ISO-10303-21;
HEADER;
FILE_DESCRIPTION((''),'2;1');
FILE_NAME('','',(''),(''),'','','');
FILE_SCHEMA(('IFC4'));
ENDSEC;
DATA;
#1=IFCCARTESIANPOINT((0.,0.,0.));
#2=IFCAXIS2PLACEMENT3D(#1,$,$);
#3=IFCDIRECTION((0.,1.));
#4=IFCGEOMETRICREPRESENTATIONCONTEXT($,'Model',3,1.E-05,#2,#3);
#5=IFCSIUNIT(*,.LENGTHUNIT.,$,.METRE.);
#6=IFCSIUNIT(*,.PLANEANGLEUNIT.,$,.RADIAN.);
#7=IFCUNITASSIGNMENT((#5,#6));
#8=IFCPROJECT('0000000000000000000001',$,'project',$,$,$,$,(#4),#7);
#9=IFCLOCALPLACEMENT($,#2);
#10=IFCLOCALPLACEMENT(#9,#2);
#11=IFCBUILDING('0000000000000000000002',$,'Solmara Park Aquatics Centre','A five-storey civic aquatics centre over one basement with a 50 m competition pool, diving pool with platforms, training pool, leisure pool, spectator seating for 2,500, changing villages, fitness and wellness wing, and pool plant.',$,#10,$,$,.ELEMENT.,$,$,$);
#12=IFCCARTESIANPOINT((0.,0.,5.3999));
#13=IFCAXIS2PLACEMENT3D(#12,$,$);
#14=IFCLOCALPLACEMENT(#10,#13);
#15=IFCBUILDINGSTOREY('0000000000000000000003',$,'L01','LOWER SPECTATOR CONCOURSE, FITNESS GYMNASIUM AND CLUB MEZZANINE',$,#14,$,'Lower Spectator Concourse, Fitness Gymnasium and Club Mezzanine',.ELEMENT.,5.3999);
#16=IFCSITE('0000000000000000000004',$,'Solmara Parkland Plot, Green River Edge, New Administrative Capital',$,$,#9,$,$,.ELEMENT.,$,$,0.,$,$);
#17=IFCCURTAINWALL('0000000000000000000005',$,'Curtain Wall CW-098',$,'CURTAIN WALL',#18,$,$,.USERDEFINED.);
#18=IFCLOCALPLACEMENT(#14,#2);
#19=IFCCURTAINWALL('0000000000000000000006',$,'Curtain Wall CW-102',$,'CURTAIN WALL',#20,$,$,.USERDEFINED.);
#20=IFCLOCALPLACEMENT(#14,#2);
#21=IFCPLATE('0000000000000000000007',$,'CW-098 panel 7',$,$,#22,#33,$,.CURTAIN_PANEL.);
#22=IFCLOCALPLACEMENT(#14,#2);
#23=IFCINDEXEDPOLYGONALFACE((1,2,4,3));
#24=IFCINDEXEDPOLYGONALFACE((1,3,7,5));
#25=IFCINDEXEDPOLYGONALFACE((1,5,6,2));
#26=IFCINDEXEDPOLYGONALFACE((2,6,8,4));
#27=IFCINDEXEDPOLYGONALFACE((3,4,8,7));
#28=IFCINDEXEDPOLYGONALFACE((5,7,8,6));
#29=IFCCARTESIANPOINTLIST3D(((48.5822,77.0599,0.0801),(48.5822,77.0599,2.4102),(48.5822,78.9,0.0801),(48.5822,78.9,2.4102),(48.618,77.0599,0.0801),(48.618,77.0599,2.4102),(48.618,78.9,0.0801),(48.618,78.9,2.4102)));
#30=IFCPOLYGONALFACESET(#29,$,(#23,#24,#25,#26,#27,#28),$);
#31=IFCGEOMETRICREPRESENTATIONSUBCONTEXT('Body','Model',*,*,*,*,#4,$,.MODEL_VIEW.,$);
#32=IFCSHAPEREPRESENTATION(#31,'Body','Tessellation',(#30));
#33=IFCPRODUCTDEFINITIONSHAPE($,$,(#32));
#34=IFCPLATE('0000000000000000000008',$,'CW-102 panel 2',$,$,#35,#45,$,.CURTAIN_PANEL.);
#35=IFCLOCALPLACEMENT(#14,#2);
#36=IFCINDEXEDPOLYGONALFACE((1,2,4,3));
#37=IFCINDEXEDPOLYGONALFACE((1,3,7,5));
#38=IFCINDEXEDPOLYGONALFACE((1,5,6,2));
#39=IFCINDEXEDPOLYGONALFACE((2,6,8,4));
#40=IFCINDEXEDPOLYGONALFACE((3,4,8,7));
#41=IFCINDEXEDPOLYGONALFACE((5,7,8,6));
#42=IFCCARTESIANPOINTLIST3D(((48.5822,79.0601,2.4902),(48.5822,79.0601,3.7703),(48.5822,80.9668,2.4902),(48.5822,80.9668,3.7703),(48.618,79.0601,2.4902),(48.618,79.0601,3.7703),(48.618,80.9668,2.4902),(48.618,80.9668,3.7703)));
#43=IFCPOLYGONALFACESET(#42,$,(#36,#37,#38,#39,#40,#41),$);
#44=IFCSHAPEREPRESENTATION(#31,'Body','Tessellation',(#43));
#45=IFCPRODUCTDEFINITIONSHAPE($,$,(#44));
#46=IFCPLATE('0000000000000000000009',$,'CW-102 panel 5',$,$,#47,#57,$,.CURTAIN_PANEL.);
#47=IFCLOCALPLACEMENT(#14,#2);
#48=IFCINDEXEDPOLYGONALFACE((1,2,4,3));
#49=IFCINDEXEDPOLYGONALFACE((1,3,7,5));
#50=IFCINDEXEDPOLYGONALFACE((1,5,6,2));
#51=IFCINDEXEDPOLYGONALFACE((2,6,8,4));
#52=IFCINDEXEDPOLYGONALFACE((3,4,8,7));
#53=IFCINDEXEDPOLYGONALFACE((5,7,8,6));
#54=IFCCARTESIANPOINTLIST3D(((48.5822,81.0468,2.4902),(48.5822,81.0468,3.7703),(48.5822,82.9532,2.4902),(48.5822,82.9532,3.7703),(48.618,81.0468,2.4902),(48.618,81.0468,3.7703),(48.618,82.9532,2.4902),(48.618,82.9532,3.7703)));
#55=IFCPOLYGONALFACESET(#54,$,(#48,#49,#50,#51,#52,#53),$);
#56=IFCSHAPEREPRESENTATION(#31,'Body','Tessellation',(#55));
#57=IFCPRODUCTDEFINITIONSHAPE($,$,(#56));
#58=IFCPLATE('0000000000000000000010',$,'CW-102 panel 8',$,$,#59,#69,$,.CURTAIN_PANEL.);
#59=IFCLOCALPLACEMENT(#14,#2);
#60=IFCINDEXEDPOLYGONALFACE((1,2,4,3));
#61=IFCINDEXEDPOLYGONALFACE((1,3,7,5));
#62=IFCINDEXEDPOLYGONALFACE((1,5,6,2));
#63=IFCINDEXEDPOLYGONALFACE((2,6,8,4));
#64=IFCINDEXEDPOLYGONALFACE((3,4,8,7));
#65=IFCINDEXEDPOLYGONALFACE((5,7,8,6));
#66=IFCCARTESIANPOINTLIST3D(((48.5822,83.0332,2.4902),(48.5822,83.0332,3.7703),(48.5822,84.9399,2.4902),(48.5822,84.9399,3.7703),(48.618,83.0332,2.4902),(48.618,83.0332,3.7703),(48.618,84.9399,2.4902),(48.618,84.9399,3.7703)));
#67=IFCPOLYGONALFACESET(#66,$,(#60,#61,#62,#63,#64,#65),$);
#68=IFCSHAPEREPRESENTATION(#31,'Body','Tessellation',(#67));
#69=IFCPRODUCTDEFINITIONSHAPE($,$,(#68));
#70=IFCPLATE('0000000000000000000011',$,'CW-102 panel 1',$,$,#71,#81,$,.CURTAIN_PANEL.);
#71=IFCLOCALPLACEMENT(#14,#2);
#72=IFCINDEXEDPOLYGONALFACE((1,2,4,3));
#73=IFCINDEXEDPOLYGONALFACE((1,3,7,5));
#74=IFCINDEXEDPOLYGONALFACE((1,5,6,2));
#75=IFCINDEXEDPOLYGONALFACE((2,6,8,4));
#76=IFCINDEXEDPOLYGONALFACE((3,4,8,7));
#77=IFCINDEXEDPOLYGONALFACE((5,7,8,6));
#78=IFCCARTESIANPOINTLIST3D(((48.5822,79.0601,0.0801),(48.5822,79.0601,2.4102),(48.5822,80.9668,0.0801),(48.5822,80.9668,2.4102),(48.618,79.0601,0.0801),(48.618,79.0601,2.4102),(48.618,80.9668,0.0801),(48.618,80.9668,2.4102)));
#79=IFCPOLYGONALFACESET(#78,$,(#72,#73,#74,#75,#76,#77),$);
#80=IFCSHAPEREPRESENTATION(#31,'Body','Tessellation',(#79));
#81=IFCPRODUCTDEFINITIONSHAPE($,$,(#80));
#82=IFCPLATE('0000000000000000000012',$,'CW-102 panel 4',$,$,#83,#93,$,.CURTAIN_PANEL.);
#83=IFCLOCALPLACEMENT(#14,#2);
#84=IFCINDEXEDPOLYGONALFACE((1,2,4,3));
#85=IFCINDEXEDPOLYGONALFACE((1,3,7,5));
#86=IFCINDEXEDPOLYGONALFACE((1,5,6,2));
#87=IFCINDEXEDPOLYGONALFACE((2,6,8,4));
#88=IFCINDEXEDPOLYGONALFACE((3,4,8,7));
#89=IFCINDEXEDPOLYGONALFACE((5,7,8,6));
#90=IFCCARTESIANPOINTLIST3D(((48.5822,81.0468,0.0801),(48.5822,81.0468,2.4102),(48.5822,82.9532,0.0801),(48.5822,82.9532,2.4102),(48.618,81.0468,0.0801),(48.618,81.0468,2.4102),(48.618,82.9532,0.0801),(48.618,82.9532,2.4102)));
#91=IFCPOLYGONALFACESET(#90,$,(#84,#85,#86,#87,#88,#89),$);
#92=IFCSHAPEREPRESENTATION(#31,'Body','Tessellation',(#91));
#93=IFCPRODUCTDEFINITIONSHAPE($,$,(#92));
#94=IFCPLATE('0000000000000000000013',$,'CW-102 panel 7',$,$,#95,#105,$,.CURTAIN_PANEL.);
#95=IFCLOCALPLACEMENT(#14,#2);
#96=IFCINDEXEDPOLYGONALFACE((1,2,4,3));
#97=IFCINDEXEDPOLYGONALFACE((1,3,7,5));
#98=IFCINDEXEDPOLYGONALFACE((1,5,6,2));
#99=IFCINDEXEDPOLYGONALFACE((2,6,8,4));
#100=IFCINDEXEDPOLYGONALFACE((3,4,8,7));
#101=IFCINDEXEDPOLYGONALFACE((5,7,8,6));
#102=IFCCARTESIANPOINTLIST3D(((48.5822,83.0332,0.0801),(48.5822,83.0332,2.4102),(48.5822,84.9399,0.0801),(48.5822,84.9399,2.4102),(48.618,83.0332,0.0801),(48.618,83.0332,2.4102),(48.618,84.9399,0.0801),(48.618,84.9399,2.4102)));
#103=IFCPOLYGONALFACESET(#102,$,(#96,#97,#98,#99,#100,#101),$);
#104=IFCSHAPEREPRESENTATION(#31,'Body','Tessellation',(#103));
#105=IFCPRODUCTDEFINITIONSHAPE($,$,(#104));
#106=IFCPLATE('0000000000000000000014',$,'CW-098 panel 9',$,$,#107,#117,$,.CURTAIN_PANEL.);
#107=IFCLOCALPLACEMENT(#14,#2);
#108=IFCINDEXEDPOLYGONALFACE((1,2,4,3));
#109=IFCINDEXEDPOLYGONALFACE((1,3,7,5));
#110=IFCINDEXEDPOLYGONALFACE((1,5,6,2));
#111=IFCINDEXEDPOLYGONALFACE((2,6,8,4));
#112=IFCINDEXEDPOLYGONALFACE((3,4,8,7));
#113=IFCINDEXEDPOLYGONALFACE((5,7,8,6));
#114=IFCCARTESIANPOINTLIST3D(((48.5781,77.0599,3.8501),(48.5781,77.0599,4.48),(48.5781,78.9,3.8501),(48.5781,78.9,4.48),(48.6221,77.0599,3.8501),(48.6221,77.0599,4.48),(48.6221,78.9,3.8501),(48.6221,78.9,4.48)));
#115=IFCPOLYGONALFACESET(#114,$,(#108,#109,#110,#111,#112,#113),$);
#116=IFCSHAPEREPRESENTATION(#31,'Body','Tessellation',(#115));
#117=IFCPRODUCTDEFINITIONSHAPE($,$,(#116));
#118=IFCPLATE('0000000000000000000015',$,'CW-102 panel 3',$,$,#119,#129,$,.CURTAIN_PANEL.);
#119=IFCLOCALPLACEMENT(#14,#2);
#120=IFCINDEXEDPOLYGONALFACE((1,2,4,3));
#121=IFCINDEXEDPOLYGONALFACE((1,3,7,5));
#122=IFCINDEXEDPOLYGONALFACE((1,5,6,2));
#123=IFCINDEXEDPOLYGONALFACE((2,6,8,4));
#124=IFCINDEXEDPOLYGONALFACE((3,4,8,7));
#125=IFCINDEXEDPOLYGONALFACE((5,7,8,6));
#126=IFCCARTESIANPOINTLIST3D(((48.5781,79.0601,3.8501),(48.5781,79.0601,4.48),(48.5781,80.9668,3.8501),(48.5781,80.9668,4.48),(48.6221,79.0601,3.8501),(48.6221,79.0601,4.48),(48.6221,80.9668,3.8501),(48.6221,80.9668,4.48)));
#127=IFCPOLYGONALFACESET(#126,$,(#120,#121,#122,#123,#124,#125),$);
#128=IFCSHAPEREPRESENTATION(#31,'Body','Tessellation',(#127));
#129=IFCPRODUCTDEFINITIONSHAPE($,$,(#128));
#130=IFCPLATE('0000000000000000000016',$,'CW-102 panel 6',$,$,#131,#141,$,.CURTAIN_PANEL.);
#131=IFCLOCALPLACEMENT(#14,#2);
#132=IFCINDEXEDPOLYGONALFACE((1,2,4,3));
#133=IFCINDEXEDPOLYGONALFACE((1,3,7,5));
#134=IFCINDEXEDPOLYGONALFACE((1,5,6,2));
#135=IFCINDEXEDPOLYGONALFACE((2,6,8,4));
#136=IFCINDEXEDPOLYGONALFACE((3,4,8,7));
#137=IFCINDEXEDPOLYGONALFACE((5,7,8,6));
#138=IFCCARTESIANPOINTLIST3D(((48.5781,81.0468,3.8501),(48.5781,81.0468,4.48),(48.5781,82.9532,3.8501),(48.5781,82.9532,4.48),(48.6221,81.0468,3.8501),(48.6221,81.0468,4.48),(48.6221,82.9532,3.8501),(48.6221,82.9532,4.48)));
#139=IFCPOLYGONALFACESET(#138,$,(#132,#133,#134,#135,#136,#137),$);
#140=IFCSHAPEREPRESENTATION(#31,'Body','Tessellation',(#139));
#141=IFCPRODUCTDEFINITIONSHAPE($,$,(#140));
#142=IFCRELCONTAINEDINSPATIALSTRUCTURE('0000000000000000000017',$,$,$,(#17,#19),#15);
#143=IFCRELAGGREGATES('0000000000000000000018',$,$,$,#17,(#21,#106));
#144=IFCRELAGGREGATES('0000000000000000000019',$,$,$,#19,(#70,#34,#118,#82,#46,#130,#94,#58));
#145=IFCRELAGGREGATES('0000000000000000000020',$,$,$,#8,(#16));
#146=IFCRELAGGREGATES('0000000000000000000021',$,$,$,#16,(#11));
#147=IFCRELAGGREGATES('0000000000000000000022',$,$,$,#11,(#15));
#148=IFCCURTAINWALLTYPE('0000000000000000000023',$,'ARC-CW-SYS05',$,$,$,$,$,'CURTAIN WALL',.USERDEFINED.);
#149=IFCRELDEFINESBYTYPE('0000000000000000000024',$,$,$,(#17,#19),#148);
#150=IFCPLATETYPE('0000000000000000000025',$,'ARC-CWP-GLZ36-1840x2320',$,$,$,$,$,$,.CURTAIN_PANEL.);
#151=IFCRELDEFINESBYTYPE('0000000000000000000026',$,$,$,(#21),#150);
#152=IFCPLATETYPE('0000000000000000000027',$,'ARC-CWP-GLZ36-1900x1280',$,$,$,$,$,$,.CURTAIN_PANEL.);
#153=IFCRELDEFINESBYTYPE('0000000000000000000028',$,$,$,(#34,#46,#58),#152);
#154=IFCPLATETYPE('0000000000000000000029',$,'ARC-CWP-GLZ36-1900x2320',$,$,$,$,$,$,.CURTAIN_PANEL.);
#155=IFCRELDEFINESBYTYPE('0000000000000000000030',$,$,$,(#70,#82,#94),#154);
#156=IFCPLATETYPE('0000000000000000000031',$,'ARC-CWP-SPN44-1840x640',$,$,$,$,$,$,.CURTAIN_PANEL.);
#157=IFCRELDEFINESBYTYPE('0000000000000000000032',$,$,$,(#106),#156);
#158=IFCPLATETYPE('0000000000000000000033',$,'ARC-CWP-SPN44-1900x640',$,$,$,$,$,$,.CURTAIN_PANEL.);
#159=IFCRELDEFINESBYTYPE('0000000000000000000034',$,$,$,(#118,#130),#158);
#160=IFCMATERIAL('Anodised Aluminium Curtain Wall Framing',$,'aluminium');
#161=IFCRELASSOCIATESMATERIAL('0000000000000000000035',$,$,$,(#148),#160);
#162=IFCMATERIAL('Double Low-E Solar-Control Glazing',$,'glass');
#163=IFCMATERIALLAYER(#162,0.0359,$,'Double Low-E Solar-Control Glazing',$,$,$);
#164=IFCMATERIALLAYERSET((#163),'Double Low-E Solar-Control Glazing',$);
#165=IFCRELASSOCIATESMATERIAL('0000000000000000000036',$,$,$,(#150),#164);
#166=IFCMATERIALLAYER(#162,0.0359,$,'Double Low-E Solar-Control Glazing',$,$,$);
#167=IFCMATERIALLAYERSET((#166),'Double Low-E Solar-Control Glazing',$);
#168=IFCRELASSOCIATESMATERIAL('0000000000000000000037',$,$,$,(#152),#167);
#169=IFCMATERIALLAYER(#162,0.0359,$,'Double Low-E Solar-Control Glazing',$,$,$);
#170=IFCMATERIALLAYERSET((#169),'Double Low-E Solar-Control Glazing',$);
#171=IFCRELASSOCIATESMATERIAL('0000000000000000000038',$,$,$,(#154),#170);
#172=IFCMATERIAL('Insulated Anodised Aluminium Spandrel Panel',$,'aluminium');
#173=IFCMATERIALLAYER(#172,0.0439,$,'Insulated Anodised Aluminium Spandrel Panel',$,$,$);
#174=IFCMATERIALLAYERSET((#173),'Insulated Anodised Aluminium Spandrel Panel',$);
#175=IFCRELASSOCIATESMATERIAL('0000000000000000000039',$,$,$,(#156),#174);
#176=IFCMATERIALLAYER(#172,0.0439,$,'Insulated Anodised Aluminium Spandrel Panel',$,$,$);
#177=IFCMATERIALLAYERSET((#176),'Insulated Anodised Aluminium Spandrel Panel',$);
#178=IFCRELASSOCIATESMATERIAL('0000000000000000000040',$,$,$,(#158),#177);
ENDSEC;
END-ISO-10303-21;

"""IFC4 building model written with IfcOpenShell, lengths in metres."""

from ifc_helpers import new_model, si_unit, direction, frame, origin, origin_2d, place, context, subcontext, project, spatial, rectangle, extrude, material, layer, layer_set, type_object, element, aggregate, save


model = new_model("IFC4")

# Units and contexts
model_context = context("Model", 3, precision=1e-05, world=origin(), true_north=direction((0.0, 1.0)))
body_context = subcontext(model_context, "Body", "Model", "MODEL_VIEW")
ifc_project = project(units=[si_unit("LENGTHUNIT", "METRE"), si_unit("PLANEANGLEUNIT", "RADIAN")], contexts=[model_context])

# Site, building, storey
site_placement = place(None, origin())
site = spatial("IfcSite", under=ifc_project, at=site_placement, Name="Solmara Parkland Plot, Green River Edge, New Administrative Capital", CompositionType="ELEMENT", RefElevation=0.0)
building_placement = place(site_placement, origin())
building = spatial("IfcBuilding", under=site, at=building_placement, Name="Solmara Park Aquatics Centre", Description="A five-storey civic aquatics centre over one basement with a 50 m competition pool, diving pool with platforms, training pool, leisure pool, spectator seating for 2,500, changing villages, fitness and wellness wing, and pool plant.", CompositionType="ELEMENT")
storey_placement = place(building_placement, frame((0.0, 0.0, 5.3999)))
storey = spatial("IfcBuildingStorey", under=building, at=storey_placement, Name="L01", Description="LOWER SPECTATOR CONCOURSE, FITNESS GYMNASIUM AND CLUB MEZZANINE", LongName="Lower Spectator Concourse, Fitness Gymnasium and Club Mezzanine", CompositionType="ELEMENT", Elevation=5.3999)

# Curtain walls
ifc_material_1 = material(Name="Anodised Aluminium Curtain Wall Framing", Category="aluminium")
curtain_wall_type = type_object("IfcCurtainWallType", Name="ARC-CW-SYS05", ElementType="CURTAIN WALL", PredefinedType="USERDEFINED", material=ifc_material_1)
curtain_wall_1_placement = place(storey_placement, origin())
curtain_wall_1 = element("IfcCurtainWall", 1, at=curtain_wall_1_placement, inside=storey, type_object=curtain_wall_type, Name="Curtain Wall CW-098", ObjectType="CURTAIN WALL", PredefinedType="USERDEFINED")
curtain_wall_2_placement = place(storey_placement, origin())
curtain_wall_2 = element("IfcCurtainWall", 2, at=curtain_wall_2_placement, inside=storey, type_object=curtain_wall_type, Name="Curtain Wall CW-102", ObjectType="CURTAIN WALL", PredefinedType="USERDEFINED")

# Plates
ifc_material_2 = material(Name="Double Low-E Solar-Control Glazing", Category="glass")
ifc_layer_1 = layer(ifc_material_2, 0.0359, Name="Double Low-E Solar-Control Glazing")
ifc_layer_set_1 = layer_set([ifc_layer_1], Name="Double Low-E Solar-Control Glazing")
plate_type_1 = type_object("IfcPlateType", Name="ARC-CWP-GLZ36-1840x2320", PredefinedType="CURTAIN_PANEL", material=ifc_layer_set_1)
plate_1_placement = place(storey_placement, frame((48.6001, 77.98, 0.0801), z_axis=(0.0, 0.0, 1.0), x_axis=(0.0, 1.0, 0.0)))
plate_1 = element("IfcPlate", 3, at=plate_1_placement, type_object=plate_type_1, Name="CW-098 panel 7", PredefinedType="CURTAIN_PANEL", context=body_context, shape_type="SweptSolid", body=[
    extrude(rectangle(XDim=1.8401, YDim=0.0359, at=origin_2d()), origin(), (0.0, 0.0, 1.0), 2.3301),
])
ifc_layer_2 = layer(ifc_material_2, 0.0359, Name="Double Low-E Solar-Control Glazing")
ifc_layer_set_2 = layer_set([ifc_layer_2], Name="Double Low-E Solar-Control Glazing")
plate_type_2 = type_object("IfcPlateType", Name="ARC-CWP-GLZ36-1900x1280", PredefinedType="CURTAIN_PANEL", material=ifc_layer_set_2)
plate_2_placement = place(storey_placement, frame((48.6001, 80.0134, 2.4902), z_axis=(0.0, 0.0, 1.0), x_axis=(0.0, 1.0, 0.0)))
plate_2 = element("IfcPlate", 4, at=plate_2_placement, type_object=plate_type_2, Name="CW-102 panel 2", PredefinedType="CURTAIN_PANEL", context=body_context, shape_type="SweptSolid", body=[
    extrude(rectangle(XDim=1.9067, YDim=0.0359, at=origin_2d()), origin(), (0.0, 0.0, 1.0), 1.28),
])
plate_3_placement = place(storey_placement, frame((48.6001, 82.0, 2.4902), z_axis=(0.0, 0.0, 1.0), x_axis=(0.0, 1.0, 0.0)))
plate_3 = element("IfcPlate", 5, at=plate_3_placement, type_object=plate_type_2, Name="CW-102 panel 5", PredefinedType="CURTAIN_PANEL", context=body_context, shape_type="SweptSolid", body=[
    extrude(rectangle(XDim=1.9065, YDim=0.0359, at=origin_2d()), origin(), (0.0, 0.0, 1.0), 1.28),
])
plate_4_placement = place(storey_placement, frame((48.6001, 83.9866, 2.4902), z_axis=(0.0, 0.0, 1.0), x_axis=(0.0, 1.0, 0.0)))
plate_4 = element("IfcPlate", 6, at=plate_4_placement, type_object=plate_type_2, Name="CW-102 panel 8", PredefinedType="CURTAIN_PANEL", context=body_context, shape_type="SweptSolid", body=[
    extrude(rectangle(XDim=1.9067, YDim=0.0359, at=origin_2d()), origin(), (0.0, 0.0, 1.0), 1.28),
])
ifc_layer_3 = layer(ifc_material_2, 0.0359, Name="Double Low-E Solar-Control Glazing")
ifc_layer_set_3 = layer_set([ifc_layer_3], Name="Double Low-E Solar-Control Glazing")
plate_type_3 = type_object("IfcPlateType", Name="ARC-CWP-GLZ36-1900x2320", PredefinedType="CURTAIN_PANEL", material=ifc_layer_set_3)
plate_5_placement = place(storey_placement, frame((48.6001, 80.0134, 0.0801), z_axis=(0.0, 0.0, 1.0), x_axis=(0.0, 1.0, 0.0)))
plate_5 = element("IfcPlate", 7, at=plate_5_placement, type_object=plate_type_3, Name="CW-102 panel 1", PredefinedType="CURTAIN_PANEL", context=body_context, shape_type="SweptSolid", body=[
    extrude(rectangle(XDim=1.9067, YDim=0.0359, at=origin_2d()), origin(), (0.0, 0.0, 1.0), 2.3301),
])
plate_6_placement = place(storey_placement, frame((48.6001, 82.0, 0.0801), z_axis=(0.0, 0.0, 1.0), x_axis=(0.0, 1.0, 0.0)))
plate_6 = element("IfcPlate", 8, at=plate_6_placement, type_object=plate_type_3, Name="CW-102 panel 4", PredefinedType="CURTAIN_PANEL", context=body_context, shape_type="SweptSolid", body=[
    extrude(rectangle(XDim=1.9065, YDim=0.0359, at=origin_2d()), origin(), (0.0, 0.0, 1.0), 2.3301),
])
plate_7_placement = place(storey_placement, frame((48.6001, 83.9866, 0.0801), z_axis=(0.0, 0.0, 1.0), x_axis=(0.0, 1.0, 0.0)))
plate_7 = element("IfcPlate", 9, at=plate_7_placement, type_object=plate_type_3, Name="CW-102 panel 7", PredefinedType="CURTAIN_PANEL", context=body_context, shape_type="SweptSolid", body=[
    extrude(rectangle(XDim=1.9067, YDim=0.0359, at=origin_2d()), origin(), (0.0, 0.0, 1.0), 2.3301),
])
ifc_material_3 = material(Name="Insulated Anodised Aluminium Spandrel Panel", Category="aluminium")
ifc_layer_4 = layer(ifc_material_3, 0.0439, Name="Insulated Anodised Aluminium Spandrel Panel")
ifc_layer_set_4 = layer_set([ifc_layer_4], Name="Insulated Anodised Aluminium Spandrel Panel")
plate_type_4 = type_object("IfcPlateType", Name="ARC-CWP-SPN44-1840x640", PredefinedType="CURTAIN_PANEL", material=ifc_layer_set_4)
plate_8_placement = place(storey_placement, frame((48.6001, 77.98, 3.8501), z_axis=(0.0, 0.0, 1.0), x_axis=(0.0, 1.0, 0.0)))
plate_8 = element("IfcPlate", 10, at=plate_8_placement, type_object=plate_type_4, Name="CW-098 panel 9", PredefinedType="CURTAIN_PANEL", context=body_context, shape_type="SweptSolid", body=[
    extrude(rectangle(XDim=1.8401, YDim=0.0439, at=origin_2d()), origin(), (0.0, 0.0, 1.0), 0.6299),
])
aggregate(curtain_wall_1, [plate_1, plate_8])
ifc_layer_5 = layer(ifc_material_3, 0.0439, Name="Insulated Anodised Aluminium Spandrel Panel")
ifc_layer_set_5 = layer_set([ifc_layer_5], Name="Insulated Anodised Aluminium Spandrel Panel")
plate_type_5 = type_object("IfcPlateType", Name="ARC-CWP-SPN44-1900x640", PredefinedType="CURTAIN_PANEL", material=ifc_layer_set_5)
plate_9_placement = place(storey_placement, frame((48.6001, 80.0134, 3.8501), z_axis=(0.0, 0.0, 1.0), x_axis=(0.0, 1.0, 0.0)))
plate_9 = element("IfcPlate", 11, at=plate_9_placement, type_object=plate_type_5, Name="CW-102 panel 3", PredefinedType="CURTAIN_PANEL", context=body_context, shape_type="SweptSolid", body=[
    extrude(rectangle(XDim=1.9067, YDim=0.0439, at=origin_2d()), origin(), (0.0, 0.0, 1.0), 0.6299),
])
plate_10_placement = place(storey_placement, frame((48.6001, 82.0, 3.8501), z_axis=(0.0, 0.0, 1.0), x_axis=(0.0, 1.0, 0.0)))
plate_10 = element("IfcPlate", 12, at=plate_10_placement, type_object=plate_type_5, Name="CW-102 panel 6", PredefinedType="CURTAIN_PANEL", context=body_context, shape_type="SweptSolid", body=[
    extrude(rectangle(XDim=1.9065, YDim=0.0439, at=origin_2d()), origin(), (0.0, 0.0, 1.0), 0.6299),
])
aggregate(curtain_wall_2, [plate_5, plate_2, plate_9, plate_6, plate_3, plate_10, plate_7, plate_4])

save(model, "model.ifc")
